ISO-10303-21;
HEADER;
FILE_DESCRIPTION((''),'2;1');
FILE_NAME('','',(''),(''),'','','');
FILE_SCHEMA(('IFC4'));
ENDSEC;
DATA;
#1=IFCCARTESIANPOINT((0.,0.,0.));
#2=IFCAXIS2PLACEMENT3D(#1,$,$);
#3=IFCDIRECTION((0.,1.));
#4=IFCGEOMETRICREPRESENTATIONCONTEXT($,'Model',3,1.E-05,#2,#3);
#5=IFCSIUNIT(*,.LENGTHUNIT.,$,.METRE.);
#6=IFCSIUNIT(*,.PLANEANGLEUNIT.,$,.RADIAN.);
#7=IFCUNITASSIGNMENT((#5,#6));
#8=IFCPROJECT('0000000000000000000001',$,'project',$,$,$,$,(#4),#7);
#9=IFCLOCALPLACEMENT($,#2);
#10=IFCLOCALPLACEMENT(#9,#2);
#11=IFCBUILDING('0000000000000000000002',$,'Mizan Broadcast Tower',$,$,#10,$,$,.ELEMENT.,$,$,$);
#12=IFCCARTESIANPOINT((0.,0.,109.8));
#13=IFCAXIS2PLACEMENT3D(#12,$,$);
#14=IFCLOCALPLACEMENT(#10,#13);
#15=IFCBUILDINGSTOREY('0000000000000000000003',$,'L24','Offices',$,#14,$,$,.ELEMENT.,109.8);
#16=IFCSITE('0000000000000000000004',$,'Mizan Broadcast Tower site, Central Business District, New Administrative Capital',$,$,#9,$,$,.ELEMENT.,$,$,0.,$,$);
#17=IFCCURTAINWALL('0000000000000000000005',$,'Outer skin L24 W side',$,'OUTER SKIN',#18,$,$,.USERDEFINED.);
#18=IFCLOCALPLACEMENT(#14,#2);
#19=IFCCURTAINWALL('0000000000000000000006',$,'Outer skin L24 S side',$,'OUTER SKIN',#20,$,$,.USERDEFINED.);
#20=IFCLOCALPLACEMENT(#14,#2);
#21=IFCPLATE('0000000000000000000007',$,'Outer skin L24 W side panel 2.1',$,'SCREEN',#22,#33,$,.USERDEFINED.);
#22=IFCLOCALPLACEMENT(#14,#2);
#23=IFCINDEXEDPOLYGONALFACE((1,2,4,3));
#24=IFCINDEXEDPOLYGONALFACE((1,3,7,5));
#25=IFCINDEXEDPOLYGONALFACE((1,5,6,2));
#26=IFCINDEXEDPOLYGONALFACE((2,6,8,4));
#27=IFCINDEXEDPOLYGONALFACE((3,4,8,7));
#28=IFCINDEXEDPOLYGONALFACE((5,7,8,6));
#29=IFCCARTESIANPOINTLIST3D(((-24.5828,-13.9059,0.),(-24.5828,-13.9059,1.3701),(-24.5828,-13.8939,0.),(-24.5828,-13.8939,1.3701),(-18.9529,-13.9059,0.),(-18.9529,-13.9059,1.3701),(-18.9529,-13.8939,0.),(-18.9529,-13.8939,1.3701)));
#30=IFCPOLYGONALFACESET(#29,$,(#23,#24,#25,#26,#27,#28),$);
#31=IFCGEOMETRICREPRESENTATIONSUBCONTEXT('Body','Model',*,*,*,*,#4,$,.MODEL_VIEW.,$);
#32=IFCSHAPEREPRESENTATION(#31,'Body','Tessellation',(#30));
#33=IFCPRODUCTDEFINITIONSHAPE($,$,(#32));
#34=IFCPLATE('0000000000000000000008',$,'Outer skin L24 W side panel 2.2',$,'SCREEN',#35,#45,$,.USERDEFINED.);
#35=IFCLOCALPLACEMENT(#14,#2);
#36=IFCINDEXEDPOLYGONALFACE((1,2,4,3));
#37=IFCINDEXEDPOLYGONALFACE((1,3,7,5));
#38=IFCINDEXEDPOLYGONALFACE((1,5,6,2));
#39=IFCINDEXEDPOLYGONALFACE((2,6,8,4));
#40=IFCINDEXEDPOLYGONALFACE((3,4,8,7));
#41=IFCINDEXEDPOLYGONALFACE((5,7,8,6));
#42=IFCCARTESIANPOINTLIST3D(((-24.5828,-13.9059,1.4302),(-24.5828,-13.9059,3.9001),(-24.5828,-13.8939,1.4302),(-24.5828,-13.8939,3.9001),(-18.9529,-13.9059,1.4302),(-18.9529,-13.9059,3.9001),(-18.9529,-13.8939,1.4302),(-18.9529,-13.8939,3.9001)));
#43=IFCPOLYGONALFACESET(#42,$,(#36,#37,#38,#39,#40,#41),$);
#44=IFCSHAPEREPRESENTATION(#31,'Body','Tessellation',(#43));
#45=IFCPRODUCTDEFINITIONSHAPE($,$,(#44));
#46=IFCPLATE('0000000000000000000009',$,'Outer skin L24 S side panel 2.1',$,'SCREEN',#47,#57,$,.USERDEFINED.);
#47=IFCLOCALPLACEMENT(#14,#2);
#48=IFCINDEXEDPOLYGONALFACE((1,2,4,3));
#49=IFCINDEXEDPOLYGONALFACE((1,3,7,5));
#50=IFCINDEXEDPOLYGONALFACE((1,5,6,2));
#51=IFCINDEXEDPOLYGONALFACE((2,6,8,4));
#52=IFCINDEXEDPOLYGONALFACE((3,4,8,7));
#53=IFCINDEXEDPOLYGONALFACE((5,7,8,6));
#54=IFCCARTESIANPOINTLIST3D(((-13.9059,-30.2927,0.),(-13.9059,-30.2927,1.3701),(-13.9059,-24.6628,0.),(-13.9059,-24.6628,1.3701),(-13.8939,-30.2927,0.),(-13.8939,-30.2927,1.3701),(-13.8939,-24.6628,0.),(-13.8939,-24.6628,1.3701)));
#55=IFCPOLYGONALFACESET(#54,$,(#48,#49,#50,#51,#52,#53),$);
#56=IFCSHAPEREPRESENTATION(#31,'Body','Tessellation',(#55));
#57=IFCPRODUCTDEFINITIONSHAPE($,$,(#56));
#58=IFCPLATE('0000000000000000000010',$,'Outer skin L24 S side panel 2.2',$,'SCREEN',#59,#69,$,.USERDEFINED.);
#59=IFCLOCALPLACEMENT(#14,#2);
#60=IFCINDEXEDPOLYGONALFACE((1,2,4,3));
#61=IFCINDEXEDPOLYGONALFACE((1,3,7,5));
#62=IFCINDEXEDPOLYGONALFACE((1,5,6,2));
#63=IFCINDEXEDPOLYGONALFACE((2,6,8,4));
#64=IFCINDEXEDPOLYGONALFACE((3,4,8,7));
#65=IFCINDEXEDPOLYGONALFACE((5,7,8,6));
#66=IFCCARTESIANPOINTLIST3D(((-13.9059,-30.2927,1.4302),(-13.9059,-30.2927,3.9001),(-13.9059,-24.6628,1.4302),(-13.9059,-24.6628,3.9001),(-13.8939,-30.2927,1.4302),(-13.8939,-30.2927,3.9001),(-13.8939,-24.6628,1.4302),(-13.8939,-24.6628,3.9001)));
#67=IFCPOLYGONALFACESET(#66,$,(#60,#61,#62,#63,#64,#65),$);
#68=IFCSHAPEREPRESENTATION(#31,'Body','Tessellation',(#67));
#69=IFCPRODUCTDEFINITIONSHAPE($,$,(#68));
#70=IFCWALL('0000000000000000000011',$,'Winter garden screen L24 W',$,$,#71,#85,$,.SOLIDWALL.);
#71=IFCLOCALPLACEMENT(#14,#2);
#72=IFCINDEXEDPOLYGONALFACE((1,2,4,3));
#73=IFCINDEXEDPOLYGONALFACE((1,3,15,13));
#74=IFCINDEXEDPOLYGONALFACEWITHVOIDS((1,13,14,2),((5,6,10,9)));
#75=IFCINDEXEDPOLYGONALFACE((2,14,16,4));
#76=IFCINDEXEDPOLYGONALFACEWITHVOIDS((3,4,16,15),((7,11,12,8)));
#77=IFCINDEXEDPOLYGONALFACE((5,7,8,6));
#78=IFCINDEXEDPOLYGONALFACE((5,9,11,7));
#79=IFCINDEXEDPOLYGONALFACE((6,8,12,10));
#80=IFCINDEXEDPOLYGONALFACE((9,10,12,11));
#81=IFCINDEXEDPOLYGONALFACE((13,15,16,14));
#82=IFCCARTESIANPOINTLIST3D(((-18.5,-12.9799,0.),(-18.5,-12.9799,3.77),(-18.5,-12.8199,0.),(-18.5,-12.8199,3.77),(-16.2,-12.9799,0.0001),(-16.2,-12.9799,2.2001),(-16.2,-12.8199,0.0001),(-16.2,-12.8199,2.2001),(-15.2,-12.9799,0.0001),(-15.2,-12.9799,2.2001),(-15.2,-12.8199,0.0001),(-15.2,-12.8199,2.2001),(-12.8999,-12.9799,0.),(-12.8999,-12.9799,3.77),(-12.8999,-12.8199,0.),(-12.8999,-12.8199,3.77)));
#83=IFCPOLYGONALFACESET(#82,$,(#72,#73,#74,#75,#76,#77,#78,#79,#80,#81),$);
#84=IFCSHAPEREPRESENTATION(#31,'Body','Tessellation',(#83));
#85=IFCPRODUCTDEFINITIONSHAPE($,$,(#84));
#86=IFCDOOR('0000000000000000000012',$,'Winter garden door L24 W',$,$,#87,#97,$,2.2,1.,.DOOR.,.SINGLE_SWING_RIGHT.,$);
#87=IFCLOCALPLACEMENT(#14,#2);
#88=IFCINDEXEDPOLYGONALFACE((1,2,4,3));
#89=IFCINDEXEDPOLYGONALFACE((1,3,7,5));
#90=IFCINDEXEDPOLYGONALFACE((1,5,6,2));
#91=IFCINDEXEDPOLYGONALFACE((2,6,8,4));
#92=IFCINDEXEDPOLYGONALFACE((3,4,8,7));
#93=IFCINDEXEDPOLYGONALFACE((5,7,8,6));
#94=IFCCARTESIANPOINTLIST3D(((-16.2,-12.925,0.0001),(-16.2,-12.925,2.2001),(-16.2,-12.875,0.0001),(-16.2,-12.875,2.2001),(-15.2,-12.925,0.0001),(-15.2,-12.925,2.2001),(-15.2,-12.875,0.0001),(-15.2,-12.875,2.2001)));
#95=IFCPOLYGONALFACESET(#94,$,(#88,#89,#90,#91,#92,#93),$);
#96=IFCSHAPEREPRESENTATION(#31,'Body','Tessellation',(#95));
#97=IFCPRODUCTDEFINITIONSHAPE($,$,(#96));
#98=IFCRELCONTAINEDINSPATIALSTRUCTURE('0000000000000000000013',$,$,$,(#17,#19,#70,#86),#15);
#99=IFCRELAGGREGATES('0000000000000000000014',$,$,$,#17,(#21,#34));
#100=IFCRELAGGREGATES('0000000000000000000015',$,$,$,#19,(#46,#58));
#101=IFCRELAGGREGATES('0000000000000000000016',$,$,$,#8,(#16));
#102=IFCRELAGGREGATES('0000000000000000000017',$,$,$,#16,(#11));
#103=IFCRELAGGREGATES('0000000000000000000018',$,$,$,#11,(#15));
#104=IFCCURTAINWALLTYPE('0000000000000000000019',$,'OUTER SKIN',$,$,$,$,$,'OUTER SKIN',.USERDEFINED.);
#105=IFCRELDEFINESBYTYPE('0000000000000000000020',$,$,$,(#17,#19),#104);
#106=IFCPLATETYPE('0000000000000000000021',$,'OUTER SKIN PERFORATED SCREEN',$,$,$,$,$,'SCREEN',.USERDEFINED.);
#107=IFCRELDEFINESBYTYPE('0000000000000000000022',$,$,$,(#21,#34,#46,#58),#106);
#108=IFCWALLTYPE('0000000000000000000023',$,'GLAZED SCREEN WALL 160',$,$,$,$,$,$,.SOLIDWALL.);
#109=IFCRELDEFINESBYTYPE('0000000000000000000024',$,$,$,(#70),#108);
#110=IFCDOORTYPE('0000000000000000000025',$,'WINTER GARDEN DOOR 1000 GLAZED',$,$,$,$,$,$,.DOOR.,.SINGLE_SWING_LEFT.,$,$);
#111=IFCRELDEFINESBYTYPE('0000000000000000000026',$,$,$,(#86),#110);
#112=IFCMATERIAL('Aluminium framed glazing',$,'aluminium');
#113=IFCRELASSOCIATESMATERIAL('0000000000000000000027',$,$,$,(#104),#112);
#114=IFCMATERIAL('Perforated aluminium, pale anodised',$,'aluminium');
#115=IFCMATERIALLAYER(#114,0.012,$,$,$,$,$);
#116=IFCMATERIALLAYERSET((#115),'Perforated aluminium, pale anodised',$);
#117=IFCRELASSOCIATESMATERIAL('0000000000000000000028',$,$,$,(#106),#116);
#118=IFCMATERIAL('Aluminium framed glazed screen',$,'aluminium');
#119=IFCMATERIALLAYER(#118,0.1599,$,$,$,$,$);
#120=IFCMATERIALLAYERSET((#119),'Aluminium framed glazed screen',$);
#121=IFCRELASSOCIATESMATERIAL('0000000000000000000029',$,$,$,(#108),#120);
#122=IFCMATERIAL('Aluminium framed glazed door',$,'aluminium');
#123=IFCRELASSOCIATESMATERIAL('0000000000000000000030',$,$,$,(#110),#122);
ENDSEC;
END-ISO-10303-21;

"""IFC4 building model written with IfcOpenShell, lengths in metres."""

from ifc_helpers import new_model, si_unit, direction, frame, frame_2d, origin, origin_2d, place, context, subcontext, project, spatial, rectangle, extrude, material, layer, layer_set, type_object, element, fill, aggregate, save


model = new_model("IFC4")

# Units and contexts
model_context = context("Model", 3, precision=1e-05, world=origin(), true_north=direction((0.0, 1.0)))
body_context = subcontext(model_context, "Body", "Model", "MODEL_VIEW")
ifc_project = project(units=[si_unit("LENGTHUNIT", "METRE"), si_unit("PLANEANGLEUNIT", "RADIAN")], contexts=[model_context])

# Site, building, storey
site_placement = place(None, origin())
site = spatial("IfcSite", under=ifc_project, at=site_placement, Name="Mizan Broadcast Tower site, Central Business District, New Administrative Capital", CompositionType="ELEMENT", RefElevation=0.0)
building_placement = place(site_placement, origin())
building = spatial("IfcBuilding", under=site, at=building_placement, Name="Mizan Broadcast Tower", CompositionType="ELEMENT")
storey_placement = place(building_placement, frame((0.0, 0.0, 109.8)))
storey = spatial("IfcBuildingStorey", under=building, at=storey_placement, Name="L24", Description="Offices", CompositionType="ELEMENT", Elevation=109.8)

# Shared definitions
ifc_material_1 = material(Name="Aluminium framed glazing", Category="aluminium")
curtain_wall_type_1 = type_object("IfcCurtainWallType", Name="OUTER SKIN", ElementType="OUTER SKIN", PredefinedType="USERDEFINED", material=ifc_material_1)

# Curtain wall
curtain_wall_1_placement = place(storey_placement, origin())
curtain_wall_1 = element("IfcCurtainWall", 1, at=curtain_wall_1_placement, inside=storey, type_object=curtain_wall_type_1, Name="Outer skin L24 W side", ObjectType="OUTER SKIN", PredefinedType="USERDEFINED")

# Curtain wall
curtain_wall_2_placement = place(storey_placement, origin())
curtain_wall_2 = element("IfcCurtainWall", 2, at=curtain_wall_2_placement, inside=storey, type_object=curtain_wall_type_1, Name="Outer skin L24 S side", ObjectType="OUTER SKIN", PredefinedType="USERDEFINED")

# Plates
ifc_material_2 = material(Name="Perforated aluminium, pale anodised", Category="aluminium")
ifc_layer_1 = layer(ifc_material_2, 0.012)
ifc_layer_set_1 = layer_set([ifc_layer_1], Name="Perforated aluminium, pale anodised")
plate_type_1 = type_object("IfcPlateType", Name="OUTER SKIN PERFORATED SCREEN", ElementType="SCREEN", PredefinedType="USERDEFINED", material=ifc_layer_set_1)
plate_1_placement = place(storey_placement, frame((-21.7678, -13.8999, 0.0), z_axis=(0.0, 0.0, 1.0), x_axis=(1.0, 0.0, 0.0)))
plate_1 = element("IfcPlate", 3, at=plate_1_placement, type_object=plate_type_1, Name="Outer skin L24 W side panel 2.1", ObjectType="SCREEN", PredefinedType="USERDEFINED", context=body_context, shape_type="SweptSolid", body=[
    extrude(rectangle(XDim=5.6299, YDim=0.012, at=origin_2d()), origin(), (0.0, 0.0, 1.0), 1.3701),
])
plate_2_placement = place(storey_placement, frame((-21.7678, -13.8999, 1.4302), z_axis=(0.0, 0.0, 1.0), x_axis=(1.0, 0.0, 0.0)))
plate_2 = element("IfcPlate", 4, at=plate_2_placement, type_object=plate_type_1, Name="Outer skin L24 W side panel 2.2", ObjectType="SCREEN", PredefinedType="USERDEFINED", context=body_context, shape_type="SweptSolid", body=[
    extrude(rectangle(XDim=5.6299, YDim=0.012, at=origin_2d()), origin(), (0.0, 0.0, 1.0), 2.47),
])
aggregate(curtain_wall_1, [plate_1, plate_2])
plate_3_placement = place(storey_placement, frame((-13.8999, -27.4778, 0.0), z_axis=(0.0, 0.0, 1.0), x_axis=(0.0, -1.0, 0.0)))
plate_3 = element("IfcPlate", 5, at=plate_3_placement, type_object=plate_type_1, Name="Outer skin L24 S side panel 2.1", ObjectType="SCREEN", PredefinedType="USERDEFINED", context=body_context, shape_type="SweptSolid", body=[
    extrude(rectangle(XDim=5.6299, YDim=0.012, at=origin_2d()), origin(), (0.0, 0.0, 1.0), 1.3701),
])
plate_4_placement = place(storey_placement, frame((-13.8999, -27.4778, 1.4302), z_axis=(0.0, 0.0, 1.0), x_axis=(0.0, -1.0, 0.0)))
plate_4 = element("IfcPlate", 6, at=plate_4_placement, type_object=plate_type_1, Name="Outer skin L24 S side panel 2.2", ObjectType="SCREEN", PredefinedType="USERDEFINED", context=body_context, shape_type="SweptSolid", body=[
    extrude(rectangle(XDim=5.6299, YDim=0.012, at=origin_2d()), origin(), (0.0, 0.0, 1.0), 2.47),
])
aggregate(curtain_wall_2, [plate_3, plate_4])

# Wall, opening, door
ifc_material_3 = material(Name="Aluminium framed glazed screen", Category="aluminium")
ifc_layer_2 = layer(ifc_material_3, 0.1599)
ifc_layer_set_2 = layer_set([ifc_layer_2], Name="Aluminium framed glazed screen")
wall_type = type_object("IfcWallType", Name="GLAZED SCREEN WALL 160", PredefinedType="SOLIDWALL", material=ifc_layer_set_2)
wall_placement = place(storey_placement, frame((-18.5, -12.8999, 0.0), z_axis=(0.0, 0.0, 1.0), x_axis=(1.0, 0.0, 0.0)))
wall = element("IfcWall", 7, at=wall_placement, inside=storey, type_object=wall_type, Name="Winter garden screen L24 W", PredefinedType="SOLIDWALL", context=body_context, shape_type="SweptSolid", body=[
    extrude(rectangle(XDim=5.6001, YDim=0.1599, at=frame_2d((2.8, 0.0))), origin(), (0.0, 0.0, 1.0), 3.77),
])
opening_placement = place(wall_placement, frame((2.3, 0.0, 0.0)))
opening = element("IfcOpeningElement", 8, at=opening_placement, cuts=wall, PredefinedType="OPENING", context=body_context, shape_type="SweptSolid", body=[
    extrude(rectangle(XDim=1.0, YDim=2.2, at=frame_2d((0.5, 1.1001))), frame((0.0, 0.0898, 0.0), z_axis=(0.0, -1.0, 0.0), x_axis=(1.0, 0.0, 0.0)), (0.0, 0.0, 1.0), 0.1799),
])
ifc_material_4 = material(Name="Aluminium framed glazed door", Category="aluminium")
door_type = type_object("IfcDoorType", Name="WINTER GARDEN DOOR 1000 GLAZED", OperationType="SINGLE_SWING_LEFT", PredefinedType="DOOR", material=ifc_material_4)
door_placement = place(opening_placement, origin())
door = element("IfcDoor", 9, at=door_placement, inside=storey, type_object=door_type, Name="Winter garden door L24 W", OperationType="SINGLE_SWING_RIGHT", OverallHeight=2.2, OverallWidth=1.0, PredefinedType="DOOR", context=body_context, shape_type="SweptSolid", body=[
    extrude(rectangle(XDim=1.0, YDim=2.2, at=frame_2d((0.5, 1.1001))), frame((0.0, 0.0249, 0.0), z_axis=(0.0, -1.0, 0.0), x_axis=(1.0, 0.0, 0.0)), (0.0, 0.0, 1.0), 0.05),
])
fill(opening, door)

save(model, "model.ifc")
